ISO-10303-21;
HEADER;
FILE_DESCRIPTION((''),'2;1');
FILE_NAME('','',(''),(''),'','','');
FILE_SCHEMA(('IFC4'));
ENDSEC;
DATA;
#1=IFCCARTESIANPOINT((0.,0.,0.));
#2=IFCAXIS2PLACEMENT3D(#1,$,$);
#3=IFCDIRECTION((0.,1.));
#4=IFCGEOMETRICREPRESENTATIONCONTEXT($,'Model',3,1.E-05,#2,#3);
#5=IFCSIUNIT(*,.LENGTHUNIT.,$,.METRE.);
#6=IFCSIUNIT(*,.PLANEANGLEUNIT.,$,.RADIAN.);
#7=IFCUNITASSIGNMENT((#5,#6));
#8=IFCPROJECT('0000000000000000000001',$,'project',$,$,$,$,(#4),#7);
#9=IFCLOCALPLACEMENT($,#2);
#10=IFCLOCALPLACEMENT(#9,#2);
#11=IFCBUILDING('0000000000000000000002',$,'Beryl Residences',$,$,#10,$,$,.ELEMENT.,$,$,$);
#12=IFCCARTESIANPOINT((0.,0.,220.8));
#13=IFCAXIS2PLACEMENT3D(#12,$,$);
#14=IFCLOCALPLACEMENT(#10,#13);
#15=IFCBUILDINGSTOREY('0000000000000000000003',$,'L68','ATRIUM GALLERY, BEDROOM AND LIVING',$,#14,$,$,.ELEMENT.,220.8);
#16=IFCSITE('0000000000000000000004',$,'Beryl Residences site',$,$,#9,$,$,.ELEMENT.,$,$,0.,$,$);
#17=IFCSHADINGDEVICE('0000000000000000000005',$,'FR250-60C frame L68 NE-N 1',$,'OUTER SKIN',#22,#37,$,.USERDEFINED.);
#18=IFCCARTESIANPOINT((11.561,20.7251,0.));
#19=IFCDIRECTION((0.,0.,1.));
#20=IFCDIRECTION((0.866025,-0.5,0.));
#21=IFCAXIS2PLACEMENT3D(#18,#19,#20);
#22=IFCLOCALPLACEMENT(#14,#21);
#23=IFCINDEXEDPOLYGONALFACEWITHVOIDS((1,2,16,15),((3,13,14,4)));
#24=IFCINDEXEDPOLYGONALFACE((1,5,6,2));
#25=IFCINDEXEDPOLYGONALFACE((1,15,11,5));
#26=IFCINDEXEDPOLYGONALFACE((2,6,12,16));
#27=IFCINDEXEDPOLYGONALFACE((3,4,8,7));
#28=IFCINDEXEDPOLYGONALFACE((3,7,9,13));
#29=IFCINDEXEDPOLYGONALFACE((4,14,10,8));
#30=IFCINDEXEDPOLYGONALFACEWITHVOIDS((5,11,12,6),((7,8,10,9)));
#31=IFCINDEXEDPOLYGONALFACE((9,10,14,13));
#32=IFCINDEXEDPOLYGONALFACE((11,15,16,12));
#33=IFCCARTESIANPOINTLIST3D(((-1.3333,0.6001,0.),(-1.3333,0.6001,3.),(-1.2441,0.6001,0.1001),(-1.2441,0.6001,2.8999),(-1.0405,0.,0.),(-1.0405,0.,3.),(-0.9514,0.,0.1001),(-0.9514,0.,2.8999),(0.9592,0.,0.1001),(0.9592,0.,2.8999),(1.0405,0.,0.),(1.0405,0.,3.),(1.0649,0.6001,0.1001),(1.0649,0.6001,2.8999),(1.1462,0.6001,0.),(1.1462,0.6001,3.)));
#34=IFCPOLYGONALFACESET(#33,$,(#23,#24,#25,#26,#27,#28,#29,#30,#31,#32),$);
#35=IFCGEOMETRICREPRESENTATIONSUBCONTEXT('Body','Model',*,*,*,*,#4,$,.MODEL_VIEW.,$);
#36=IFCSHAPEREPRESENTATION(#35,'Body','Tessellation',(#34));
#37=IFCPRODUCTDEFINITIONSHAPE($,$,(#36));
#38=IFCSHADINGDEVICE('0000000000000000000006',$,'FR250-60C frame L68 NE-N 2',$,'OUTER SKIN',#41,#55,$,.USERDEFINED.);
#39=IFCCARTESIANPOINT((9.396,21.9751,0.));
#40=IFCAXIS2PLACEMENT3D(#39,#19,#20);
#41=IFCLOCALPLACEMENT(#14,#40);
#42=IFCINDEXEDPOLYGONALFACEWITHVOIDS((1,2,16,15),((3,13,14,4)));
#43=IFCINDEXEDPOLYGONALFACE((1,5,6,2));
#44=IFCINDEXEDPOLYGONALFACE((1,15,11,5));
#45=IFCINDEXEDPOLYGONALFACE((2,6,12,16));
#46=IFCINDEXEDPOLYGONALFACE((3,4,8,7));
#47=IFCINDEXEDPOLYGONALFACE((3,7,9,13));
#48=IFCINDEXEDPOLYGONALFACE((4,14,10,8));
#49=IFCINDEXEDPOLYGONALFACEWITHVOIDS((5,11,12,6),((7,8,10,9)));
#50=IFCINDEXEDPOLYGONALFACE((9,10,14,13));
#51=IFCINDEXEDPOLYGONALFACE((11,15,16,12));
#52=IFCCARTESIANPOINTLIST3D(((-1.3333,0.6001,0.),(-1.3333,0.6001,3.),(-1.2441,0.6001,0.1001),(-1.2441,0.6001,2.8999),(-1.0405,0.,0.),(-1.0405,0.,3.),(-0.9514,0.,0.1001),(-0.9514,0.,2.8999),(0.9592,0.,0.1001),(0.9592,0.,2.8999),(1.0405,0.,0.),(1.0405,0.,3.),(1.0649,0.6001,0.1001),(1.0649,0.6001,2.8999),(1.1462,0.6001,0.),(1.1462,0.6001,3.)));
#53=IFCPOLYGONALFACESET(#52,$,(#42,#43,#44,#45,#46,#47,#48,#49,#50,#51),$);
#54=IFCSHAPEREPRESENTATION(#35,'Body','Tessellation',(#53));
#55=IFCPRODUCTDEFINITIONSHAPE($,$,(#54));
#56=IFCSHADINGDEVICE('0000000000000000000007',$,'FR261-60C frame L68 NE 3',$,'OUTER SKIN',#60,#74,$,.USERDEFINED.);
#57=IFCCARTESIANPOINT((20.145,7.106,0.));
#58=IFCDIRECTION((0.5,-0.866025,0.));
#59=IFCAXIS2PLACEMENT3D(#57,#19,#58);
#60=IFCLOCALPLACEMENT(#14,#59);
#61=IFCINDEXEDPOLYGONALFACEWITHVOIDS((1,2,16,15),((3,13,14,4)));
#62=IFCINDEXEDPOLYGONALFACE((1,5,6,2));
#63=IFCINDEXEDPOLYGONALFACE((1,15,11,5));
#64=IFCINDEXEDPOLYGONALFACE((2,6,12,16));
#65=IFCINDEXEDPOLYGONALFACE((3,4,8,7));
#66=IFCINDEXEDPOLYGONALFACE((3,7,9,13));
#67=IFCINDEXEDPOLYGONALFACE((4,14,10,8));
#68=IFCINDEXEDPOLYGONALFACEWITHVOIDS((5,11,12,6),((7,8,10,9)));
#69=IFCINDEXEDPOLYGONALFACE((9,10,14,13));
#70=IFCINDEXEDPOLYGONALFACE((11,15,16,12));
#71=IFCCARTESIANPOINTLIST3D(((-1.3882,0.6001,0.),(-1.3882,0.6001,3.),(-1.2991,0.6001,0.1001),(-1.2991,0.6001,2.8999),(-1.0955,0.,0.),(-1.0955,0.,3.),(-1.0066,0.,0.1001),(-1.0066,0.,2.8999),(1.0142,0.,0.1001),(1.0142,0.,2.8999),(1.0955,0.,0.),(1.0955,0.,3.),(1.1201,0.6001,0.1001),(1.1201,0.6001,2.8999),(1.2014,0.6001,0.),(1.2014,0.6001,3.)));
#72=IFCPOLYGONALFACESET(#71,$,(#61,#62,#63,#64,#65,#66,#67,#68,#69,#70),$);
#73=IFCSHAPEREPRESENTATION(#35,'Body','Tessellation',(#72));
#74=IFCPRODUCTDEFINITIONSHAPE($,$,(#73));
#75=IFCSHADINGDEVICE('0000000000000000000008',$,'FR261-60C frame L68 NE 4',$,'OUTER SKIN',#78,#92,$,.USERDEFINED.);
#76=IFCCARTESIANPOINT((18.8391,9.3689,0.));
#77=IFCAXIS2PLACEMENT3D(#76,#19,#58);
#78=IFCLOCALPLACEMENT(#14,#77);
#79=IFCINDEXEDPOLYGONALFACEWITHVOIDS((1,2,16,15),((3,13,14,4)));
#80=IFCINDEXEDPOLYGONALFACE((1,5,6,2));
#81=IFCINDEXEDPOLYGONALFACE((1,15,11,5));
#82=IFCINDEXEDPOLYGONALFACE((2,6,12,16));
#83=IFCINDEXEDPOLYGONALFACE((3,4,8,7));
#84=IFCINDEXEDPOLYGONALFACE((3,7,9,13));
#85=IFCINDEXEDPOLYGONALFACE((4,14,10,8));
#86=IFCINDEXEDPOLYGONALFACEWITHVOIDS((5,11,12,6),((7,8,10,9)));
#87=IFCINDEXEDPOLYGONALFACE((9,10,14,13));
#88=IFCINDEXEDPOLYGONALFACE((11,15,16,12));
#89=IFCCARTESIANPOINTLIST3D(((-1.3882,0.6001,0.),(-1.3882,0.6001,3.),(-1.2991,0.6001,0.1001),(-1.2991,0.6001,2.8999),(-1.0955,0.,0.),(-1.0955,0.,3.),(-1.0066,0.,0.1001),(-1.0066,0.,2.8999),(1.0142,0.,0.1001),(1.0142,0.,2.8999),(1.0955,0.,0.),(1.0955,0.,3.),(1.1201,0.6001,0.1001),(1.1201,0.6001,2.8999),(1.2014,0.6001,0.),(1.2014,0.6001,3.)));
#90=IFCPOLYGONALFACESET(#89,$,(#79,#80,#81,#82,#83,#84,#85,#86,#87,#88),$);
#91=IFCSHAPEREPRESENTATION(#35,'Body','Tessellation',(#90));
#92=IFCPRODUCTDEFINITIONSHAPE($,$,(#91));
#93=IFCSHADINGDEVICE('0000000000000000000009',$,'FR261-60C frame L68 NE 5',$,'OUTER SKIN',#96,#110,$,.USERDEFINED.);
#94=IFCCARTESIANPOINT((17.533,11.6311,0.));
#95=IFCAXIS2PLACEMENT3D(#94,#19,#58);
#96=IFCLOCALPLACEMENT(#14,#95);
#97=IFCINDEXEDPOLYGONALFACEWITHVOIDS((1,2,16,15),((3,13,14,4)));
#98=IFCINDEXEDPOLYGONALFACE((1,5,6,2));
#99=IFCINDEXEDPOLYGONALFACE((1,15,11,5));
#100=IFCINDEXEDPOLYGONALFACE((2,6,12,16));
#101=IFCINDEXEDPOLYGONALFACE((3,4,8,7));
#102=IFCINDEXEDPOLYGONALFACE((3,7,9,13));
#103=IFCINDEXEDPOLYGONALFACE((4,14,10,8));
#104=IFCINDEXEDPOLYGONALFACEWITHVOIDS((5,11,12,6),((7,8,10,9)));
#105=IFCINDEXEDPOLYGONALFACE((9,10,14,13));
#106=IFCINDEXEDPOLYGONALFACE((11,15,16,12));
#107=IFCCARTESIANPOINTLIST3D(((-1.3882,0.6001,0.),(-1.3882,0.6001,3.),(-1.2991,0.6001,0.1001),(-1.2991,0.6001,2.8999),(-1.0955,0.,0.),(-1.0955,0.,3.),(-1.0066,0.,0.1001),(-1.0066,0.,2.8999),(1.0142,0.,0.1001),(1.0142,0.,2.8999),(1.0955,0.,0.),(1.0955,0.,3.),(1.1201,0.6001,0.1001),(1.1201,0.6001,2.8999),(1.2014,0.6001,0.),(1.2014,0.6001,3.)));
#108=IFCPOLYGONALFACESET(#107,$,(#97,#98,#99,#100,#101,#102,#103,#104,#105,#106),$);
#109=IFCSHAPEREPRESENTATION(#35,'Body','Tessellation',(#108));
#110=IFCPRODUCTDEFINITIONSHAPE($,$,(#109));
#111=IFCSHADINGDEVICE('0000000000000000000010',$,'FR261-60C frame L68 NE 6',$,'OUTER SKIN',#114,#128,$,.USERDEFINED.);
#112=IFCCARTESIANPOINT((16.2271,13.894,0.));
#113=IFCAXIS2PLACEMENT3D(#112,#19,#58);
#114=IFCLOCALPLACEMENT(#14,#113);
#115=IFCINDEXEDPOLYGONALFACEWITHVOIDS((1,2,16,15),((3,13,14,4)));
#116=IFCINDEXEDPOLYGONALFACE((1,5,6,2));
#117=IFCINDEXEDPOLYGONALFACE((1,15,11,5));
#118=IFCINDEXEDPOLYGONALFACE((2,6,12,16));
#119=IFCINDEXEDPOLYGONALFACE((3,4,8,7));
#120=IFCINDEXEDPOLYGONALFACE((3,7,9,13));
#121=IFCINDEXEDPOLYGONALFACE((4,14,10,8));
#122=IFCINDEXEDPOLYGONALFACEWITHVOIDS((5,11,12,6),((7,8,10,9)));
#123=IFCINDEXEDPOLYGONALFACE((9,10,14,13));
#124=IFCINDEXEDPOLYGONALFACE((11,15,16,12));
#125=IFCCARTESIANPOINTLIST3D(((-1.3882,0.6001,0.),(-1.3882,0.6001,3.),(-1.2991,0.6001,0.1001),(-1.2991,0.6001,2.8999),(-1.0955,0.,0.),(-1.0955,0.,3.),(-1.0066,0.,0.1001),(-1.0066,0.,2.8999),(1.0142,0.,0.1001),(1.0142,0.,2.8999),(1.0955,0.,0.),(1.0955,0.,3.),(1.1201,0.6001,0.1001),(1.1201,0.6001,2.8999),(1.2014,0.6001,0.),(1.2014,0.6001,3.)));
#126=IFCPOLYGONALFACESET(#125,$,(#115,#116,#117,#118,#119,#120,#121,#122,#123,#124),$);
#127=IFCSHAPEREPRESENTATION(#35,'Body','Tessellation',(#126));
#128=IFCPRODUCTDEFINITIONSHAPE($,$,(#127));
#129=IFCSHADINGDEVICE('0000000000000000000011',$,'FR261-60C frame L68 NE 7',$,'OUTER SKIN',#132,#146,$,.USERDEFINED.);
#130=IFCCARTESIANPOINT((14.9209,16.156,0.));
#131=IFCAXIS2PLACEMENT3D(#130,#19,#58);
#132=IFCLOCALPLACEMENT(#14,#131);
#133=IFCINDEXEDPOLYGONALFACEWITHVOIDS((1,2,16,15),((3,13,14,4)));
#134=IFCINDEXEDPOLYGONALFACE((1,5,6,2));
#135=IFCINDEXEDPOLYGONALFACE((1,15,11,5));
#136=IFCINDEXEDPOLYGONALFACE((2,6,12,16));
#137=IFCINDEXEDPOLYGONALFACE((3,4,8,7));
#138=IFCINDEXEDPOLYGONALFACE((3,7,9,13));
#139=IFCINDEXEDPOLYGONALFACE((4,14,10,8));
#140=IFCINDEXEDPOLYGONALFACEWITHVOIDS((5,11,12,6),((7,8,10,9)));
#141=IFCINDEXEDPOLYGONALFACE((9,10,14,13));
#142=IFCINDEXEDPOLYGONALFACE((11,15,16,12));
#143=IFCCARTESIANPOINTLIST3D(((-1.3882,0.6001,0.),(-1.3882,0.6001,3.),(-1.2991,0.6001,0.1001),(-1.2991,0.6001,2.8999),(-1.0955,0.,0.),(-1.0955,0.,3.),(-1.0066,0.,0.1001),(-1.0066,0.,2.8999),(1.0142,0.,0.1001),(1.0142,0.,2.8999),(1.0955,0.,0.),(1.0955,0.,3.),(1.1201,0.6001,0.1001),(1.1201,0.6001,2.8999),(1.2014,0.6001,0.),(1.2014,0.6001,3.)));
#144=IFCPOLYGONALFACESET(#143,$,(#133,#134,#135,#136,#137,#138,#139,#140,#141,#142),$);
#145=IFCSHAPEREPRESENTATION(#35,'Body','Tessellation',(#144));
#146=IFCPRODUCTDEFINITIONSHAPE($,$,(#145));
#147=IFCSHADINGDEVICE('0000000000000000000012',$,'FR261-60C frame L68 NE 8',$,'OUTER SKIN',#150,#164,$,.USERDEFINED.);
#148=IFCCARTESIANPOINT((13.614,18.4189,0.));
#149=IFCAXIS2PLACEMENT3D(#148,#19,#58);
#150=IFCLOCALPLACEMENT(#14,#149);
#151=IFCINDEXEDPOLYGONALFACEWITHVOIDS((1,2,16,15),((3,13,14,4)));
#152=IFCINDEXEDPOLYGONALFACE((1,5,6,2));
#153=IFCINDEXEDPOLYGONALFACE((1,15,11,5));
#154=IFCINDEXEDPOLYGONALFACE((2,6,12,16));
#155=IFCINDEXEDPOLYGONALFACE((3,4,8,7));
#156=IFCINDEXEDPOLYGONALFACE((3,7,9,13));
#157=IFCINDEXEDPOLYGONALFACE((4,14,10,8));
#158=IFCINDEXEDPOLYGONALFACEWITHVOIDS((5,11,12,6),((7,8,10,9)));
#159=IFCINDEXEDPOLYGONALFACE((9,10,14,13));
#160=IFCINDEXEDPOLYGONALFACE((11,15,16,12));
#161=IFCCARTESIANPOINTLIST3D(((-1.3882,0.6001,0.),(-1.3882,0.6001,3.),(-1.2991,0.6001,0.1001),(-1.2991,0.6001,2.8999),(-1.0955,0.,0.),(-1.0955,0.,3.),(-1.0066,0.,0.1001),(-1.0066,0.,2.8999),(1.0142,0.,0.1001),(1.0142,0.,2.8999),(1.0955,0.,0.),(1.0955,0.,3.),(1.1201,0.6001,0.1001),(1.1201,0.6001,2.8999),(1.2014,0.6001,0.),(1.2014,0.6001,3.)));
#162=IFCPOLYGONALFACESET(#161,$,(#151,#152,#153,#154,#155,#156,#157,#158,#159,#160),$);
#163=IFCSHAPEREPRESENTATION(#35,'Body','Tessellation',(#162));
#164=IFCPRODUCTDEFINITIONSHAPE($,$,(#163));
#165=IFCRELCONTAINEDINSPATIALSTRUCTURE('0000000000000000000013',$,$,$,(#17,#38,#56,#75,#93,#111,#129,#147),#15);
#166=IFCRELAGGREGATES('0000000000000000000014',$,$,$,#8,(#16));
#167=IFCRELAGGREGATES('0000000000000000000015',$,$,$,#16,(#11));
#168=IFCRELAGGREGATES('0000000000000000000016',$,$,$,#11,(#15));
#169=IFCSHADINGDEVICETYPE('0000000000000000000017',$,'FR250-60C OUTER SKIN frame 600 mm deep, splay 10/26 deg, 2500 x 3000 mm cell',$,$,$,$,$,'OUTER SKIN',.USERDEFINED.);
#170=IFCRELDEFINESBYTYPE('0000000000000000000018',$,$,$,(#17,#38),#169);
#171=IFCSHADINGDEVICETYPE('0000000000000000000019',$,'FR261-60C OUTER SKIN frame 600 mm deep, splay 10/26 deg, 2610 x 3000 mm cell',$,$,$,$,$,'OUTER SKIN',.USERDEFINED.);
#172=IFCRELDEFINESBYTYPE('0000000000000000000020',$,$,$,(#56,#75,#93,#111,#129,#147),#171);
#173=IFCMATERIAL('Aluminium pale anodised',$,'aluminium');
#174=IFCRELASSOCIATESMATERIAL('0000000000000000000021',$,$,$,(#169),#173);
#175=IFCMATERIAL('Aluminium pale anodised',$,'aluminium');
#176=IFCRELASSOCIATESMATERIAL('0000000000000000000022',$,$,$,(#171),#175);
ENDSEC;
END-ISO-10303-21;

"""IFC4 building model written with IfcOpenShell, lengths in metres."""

from ifc_helpers import new_model, entity, si_unit, direction, frame, origin, place, context, subcontext, project, spatial, source, transform, mapped, material, type_object, type_shapes, element, save


model = new_model("IFC4")

# Units and contexts
model_context = context("Model", 3, precision=1e-05, world=origin(), true_north=direction((0.0, 1.0)))
body_context = subcontext(model_context, "Body", "Model", "MODEL_VIEW")
ifc_project = project(units=[si_unit("LENGTHUNIT", "METRE"), si_unit("PLANEANGLEUNIT", "RADIAN")], contexts=[model_context])

# Site, building, storey
site_placement = place(None, origin())
site = spatial("IfcSite", under=ifc_project, at=site_placement, Name="Beryl Residences site", CompositionType="ELEMENT", RefElevation=0.0)
building_placement = place(site_placement, origin())
building = spatial("IfcBuilding", under=site, at=building_placement, Name="Beryl Residences", CompositionType="ELEMENT")
storey_placement = place(building_placement, frame((0.0, 0.0, 220.8)))
storey = spatial("IfcBuildingStorey", under=building, at=storey_placement, Name="L68", Description="ATRIUM GALLERY, BEDROOM AND LIVING", CompositionType="ELEMENT", Elevation=220.8)

# Shading devices
ifc_material_1 = material(Name="Aluminium pale anodised", Category="aluminium")
shading_device_type_1 = type_object("IfcShadingDeviceType", Name="FR250-60C OUTER SKIN frame 600 mm deep, splay 10/26 deg, 2500 x 3000 mm cell", ElementType="OUTER SKIN", PredefinedType="USERDEFINED", material=ifc_material_1)
cartesian_point_1 = entity("IfcCartesianPoint", [-1.0405, 0.0])
cartesian_point_2 = entity("IfcCartesianPoint", [-0.9592, 0.1001])
cartesian_point_3 = entity("IfcCartesianPoint", [-1.1462, 0.0])
cartesian_point_4 = entity("IfcCartesianPoint", [-1.0649, 0.1001])
shared_shape_1 = source(origin(), body_context, "Body", "SweptSolid", [
    entity("IfcExtrudedAreaSolidTapered", entity("IfcArbitraryProfileDefWithVoids", "AREA", None, entity("IfcPolyline", [cartesian_point_1, entity("IfcCartesianPoint", [1.0405, 0.0]), entity("IfcCartesianPoint", [1.0405, 3.0]), entity("IfcCartesianPoint", [-1.0405, 3.0]), cartesian_point_1]), [entity("IfcPolyline", [cartesian_point_2, entity("IfcCartesianPoint", [0.9514, 0.1001]), entity("IfcCartesianPoint", [0.9514, 2.8999]), entity("IfcCartesianPoint", [-0.9592, 2.8999]), cartesian_point_2])]), entity("IfcAxis2Placement3D", entity("IfcCartesianPoint", [0.0, 0.0, 0.0]), entity("IfcDirection", [0.0, 1.0, 0.0]), entity("IfcDirection", [-1.0, 0.0, 0.0])), entity("IfcDirection", [0.0, 0.0, 1.0]), 0.6001, entity("IfcArbitraryProfileDefWithVoids", "AREA", None, entity("IfcPolyline", [cartesian_point_3, entity("IfcCartesianPoint", [1.3333, 0.0]), entity("IfcCartesianPoint", [1.3333, 3.0]), entity("IfcCartesianPoint", [-1.1462, 3.0]), cartesian_point_3]), [entity("IfcPolyline", [cartesian_point_4, entity("IfcCartesianPoint", [1.2441, 0.1001]), entity("IfcCartesianPoint", [1.2441, 2.8999]), entity("IfcCartesianPoint", [-1.0649, 2.8999]), cartesian_point_4])])),
])
type_shapes(shading_device_type_1, [shared_shape_1])
for number, where, z_axis, x_axis, name in (
    (1, (11.561, 20.7251, 0.0), (0.0, 0.0, 1.0), (0.866025, -0.5, 0.0), "FR250-60C frame L68 NE-N 1"),
    (2, (9.396, 21.9751, 0.0), (0.0, 0.0, 1.0), (0.866025, -0.5, 0.0), "FR250-60C frame L68 NE-N 2"),
):
    element("IfcShadingDevice", number, at=place(storey_placement, frame(where, z_axis=z_axis, x_axis=x_axis)), inside=storey, type_object=shading_device_type_1, Name=name, ObjectType="OUTER SKIN", PredefinedType="USERDEFINED", context=body_context, shape_type="MappedRepresentation", body=[
        mapped(shared_shape_1, transform((0.0, 0.0, 0.0))),
    ])
ifc_material_2 = material(Name="Aluminium pale anodised", Category="aluminium")
shading_device_type_2 = type_object("IfcShadingDeviceType", Name="FR261-60C OUTER SKIN frame 600 mm deep, splay 10/26 deg, 2610 x 3000 mm cell", ElementType="OUTER SKIN", PredefinedType="USERDEFINED", material=ifc_material_2)
cartesian_point_5 = entity("IfcCartesianPoint", [-1.0955, 0.0])
cartesian_point_6 = entity("IfcCartesianPoint", [-1.0142, 0.1001])
cartesian_point_7 = entity("IfcCartesianPoint", [-1.2014, 0.0])
cartesian_point_8 = entity("IfcCartesianPoint", [-1.1201, 0.1001])
shared_shape_2 = source(origin(), body_context, "Body", "SweptSolid", [
    entity("IfcExtrudedAreaSolidTapered", entity("IfcArbitraryProfileDefWithVoids", "AREA", None, entity("IfcPolyline", [cartesian_point_5, entity("IfcCartesianPoint", [1.0955, 0.0]), entity("IfcCartesianPoint", [1.0955, 3.0]), entity("IfcCartesianPoint", [-1.0955, 3.0]), cartesian_point_5]), [entity("IfcPolyline", [cartesian_point_6, entity("IfcCartesianPoint", [1.0066, 0.1001]), entity("IfcCartesianPoint", [1.0066, 2.8999]), entity("IfcCartesianPoint", [-1.0142, 2.8999]), cartesian_point_6])]), entity("IfcAxis2Placement3D", entity("IfcCartesianPoint", [0.0, 0.0, 0.0]), entity("IfcDirection", [0.0, 1.0, 0.0]), entity("IfcDirection", [-1.0, 0.0, 0.0])), entity("IfcDirection", [0.0, 0.0, 1.0]), 0.6001, entity("IfcArbitraryProfileDefWithVoids", "AREA", None, entity("IfcPolyline", [cartesian_point_7, entity("IfcCartesianPoint", [1.3882, 0.0]), entity("IfcCartesianPoint", [1.3882, 3.0]), entity("IfcCartesianPoint", [-1.2014, 3.0]), cartesian_point_7]), [entity("IfcPolyline", [cartesian_point_8, entity("IfcCartesianPoint", [1.2991, 0.1001]), entity("IfcCartesianPoint", [1.2991, 2.8999]), entity("IfcCartesianPoint", [-1.1201, 2.8999]), cartesian_point_8])])),
])
type_shapes(shading_device_type_2, [shared_shape_2])
for number, where, z_axis, x_axis, name in (
    (3, (20.145, 7.106, 0.0), (0.0, 0.0, 1.0), (0.5, -0.866025, 0.0), "FR261-60C frame L68 NE 3"),
    (4, (18.8391, 9.3689, 0.0), (0.0, 0.0, 1.0), (0.5, -0.866025, 0.0), "FR261-60C frame L68 NE 4"),
    (5, (17.533, 11.6311, 0.0), (0.0, 0.0, 1.0), (0.5, -0.866025, 0.0), "FR261-60C frame L68 NE 5"),
    (6, (16.2271, 13.894, 0.0), (0.0, 0.0, 1.0), (0.5, -0.866025, 0.0), "FR261-60C frame L68 NE 6"),
    (7, (14.9209, 16.156, 0.0), (0.0, 0.0, 1.0), (0.5, -0.866025, 0.0), "FR261-60C frame L68 NE 7"),
    (8, (13.614, 18.4189, 0.0), (0.0, 0.0, 1.0), (0.5, -0.866025, 0.0), "FR261-60C frame L68 NE 8"),
):
    element("IfcShadingDevice", number, at=place(storey_placement, frame(where, z_axis=z_axis, x_axis=x_axis)), inside=storey, type_object=shading_device_type_2, Name=name, ObjectType="OUTER SKIN", PredefinedType="USERDEFINED", context=body_context, shape_type="MappedRepresentation", body=[
        mapped(shared_shape_2, transform((0.0, 0.0, 0.0))),
    ])

save(model, "model.ifc")
